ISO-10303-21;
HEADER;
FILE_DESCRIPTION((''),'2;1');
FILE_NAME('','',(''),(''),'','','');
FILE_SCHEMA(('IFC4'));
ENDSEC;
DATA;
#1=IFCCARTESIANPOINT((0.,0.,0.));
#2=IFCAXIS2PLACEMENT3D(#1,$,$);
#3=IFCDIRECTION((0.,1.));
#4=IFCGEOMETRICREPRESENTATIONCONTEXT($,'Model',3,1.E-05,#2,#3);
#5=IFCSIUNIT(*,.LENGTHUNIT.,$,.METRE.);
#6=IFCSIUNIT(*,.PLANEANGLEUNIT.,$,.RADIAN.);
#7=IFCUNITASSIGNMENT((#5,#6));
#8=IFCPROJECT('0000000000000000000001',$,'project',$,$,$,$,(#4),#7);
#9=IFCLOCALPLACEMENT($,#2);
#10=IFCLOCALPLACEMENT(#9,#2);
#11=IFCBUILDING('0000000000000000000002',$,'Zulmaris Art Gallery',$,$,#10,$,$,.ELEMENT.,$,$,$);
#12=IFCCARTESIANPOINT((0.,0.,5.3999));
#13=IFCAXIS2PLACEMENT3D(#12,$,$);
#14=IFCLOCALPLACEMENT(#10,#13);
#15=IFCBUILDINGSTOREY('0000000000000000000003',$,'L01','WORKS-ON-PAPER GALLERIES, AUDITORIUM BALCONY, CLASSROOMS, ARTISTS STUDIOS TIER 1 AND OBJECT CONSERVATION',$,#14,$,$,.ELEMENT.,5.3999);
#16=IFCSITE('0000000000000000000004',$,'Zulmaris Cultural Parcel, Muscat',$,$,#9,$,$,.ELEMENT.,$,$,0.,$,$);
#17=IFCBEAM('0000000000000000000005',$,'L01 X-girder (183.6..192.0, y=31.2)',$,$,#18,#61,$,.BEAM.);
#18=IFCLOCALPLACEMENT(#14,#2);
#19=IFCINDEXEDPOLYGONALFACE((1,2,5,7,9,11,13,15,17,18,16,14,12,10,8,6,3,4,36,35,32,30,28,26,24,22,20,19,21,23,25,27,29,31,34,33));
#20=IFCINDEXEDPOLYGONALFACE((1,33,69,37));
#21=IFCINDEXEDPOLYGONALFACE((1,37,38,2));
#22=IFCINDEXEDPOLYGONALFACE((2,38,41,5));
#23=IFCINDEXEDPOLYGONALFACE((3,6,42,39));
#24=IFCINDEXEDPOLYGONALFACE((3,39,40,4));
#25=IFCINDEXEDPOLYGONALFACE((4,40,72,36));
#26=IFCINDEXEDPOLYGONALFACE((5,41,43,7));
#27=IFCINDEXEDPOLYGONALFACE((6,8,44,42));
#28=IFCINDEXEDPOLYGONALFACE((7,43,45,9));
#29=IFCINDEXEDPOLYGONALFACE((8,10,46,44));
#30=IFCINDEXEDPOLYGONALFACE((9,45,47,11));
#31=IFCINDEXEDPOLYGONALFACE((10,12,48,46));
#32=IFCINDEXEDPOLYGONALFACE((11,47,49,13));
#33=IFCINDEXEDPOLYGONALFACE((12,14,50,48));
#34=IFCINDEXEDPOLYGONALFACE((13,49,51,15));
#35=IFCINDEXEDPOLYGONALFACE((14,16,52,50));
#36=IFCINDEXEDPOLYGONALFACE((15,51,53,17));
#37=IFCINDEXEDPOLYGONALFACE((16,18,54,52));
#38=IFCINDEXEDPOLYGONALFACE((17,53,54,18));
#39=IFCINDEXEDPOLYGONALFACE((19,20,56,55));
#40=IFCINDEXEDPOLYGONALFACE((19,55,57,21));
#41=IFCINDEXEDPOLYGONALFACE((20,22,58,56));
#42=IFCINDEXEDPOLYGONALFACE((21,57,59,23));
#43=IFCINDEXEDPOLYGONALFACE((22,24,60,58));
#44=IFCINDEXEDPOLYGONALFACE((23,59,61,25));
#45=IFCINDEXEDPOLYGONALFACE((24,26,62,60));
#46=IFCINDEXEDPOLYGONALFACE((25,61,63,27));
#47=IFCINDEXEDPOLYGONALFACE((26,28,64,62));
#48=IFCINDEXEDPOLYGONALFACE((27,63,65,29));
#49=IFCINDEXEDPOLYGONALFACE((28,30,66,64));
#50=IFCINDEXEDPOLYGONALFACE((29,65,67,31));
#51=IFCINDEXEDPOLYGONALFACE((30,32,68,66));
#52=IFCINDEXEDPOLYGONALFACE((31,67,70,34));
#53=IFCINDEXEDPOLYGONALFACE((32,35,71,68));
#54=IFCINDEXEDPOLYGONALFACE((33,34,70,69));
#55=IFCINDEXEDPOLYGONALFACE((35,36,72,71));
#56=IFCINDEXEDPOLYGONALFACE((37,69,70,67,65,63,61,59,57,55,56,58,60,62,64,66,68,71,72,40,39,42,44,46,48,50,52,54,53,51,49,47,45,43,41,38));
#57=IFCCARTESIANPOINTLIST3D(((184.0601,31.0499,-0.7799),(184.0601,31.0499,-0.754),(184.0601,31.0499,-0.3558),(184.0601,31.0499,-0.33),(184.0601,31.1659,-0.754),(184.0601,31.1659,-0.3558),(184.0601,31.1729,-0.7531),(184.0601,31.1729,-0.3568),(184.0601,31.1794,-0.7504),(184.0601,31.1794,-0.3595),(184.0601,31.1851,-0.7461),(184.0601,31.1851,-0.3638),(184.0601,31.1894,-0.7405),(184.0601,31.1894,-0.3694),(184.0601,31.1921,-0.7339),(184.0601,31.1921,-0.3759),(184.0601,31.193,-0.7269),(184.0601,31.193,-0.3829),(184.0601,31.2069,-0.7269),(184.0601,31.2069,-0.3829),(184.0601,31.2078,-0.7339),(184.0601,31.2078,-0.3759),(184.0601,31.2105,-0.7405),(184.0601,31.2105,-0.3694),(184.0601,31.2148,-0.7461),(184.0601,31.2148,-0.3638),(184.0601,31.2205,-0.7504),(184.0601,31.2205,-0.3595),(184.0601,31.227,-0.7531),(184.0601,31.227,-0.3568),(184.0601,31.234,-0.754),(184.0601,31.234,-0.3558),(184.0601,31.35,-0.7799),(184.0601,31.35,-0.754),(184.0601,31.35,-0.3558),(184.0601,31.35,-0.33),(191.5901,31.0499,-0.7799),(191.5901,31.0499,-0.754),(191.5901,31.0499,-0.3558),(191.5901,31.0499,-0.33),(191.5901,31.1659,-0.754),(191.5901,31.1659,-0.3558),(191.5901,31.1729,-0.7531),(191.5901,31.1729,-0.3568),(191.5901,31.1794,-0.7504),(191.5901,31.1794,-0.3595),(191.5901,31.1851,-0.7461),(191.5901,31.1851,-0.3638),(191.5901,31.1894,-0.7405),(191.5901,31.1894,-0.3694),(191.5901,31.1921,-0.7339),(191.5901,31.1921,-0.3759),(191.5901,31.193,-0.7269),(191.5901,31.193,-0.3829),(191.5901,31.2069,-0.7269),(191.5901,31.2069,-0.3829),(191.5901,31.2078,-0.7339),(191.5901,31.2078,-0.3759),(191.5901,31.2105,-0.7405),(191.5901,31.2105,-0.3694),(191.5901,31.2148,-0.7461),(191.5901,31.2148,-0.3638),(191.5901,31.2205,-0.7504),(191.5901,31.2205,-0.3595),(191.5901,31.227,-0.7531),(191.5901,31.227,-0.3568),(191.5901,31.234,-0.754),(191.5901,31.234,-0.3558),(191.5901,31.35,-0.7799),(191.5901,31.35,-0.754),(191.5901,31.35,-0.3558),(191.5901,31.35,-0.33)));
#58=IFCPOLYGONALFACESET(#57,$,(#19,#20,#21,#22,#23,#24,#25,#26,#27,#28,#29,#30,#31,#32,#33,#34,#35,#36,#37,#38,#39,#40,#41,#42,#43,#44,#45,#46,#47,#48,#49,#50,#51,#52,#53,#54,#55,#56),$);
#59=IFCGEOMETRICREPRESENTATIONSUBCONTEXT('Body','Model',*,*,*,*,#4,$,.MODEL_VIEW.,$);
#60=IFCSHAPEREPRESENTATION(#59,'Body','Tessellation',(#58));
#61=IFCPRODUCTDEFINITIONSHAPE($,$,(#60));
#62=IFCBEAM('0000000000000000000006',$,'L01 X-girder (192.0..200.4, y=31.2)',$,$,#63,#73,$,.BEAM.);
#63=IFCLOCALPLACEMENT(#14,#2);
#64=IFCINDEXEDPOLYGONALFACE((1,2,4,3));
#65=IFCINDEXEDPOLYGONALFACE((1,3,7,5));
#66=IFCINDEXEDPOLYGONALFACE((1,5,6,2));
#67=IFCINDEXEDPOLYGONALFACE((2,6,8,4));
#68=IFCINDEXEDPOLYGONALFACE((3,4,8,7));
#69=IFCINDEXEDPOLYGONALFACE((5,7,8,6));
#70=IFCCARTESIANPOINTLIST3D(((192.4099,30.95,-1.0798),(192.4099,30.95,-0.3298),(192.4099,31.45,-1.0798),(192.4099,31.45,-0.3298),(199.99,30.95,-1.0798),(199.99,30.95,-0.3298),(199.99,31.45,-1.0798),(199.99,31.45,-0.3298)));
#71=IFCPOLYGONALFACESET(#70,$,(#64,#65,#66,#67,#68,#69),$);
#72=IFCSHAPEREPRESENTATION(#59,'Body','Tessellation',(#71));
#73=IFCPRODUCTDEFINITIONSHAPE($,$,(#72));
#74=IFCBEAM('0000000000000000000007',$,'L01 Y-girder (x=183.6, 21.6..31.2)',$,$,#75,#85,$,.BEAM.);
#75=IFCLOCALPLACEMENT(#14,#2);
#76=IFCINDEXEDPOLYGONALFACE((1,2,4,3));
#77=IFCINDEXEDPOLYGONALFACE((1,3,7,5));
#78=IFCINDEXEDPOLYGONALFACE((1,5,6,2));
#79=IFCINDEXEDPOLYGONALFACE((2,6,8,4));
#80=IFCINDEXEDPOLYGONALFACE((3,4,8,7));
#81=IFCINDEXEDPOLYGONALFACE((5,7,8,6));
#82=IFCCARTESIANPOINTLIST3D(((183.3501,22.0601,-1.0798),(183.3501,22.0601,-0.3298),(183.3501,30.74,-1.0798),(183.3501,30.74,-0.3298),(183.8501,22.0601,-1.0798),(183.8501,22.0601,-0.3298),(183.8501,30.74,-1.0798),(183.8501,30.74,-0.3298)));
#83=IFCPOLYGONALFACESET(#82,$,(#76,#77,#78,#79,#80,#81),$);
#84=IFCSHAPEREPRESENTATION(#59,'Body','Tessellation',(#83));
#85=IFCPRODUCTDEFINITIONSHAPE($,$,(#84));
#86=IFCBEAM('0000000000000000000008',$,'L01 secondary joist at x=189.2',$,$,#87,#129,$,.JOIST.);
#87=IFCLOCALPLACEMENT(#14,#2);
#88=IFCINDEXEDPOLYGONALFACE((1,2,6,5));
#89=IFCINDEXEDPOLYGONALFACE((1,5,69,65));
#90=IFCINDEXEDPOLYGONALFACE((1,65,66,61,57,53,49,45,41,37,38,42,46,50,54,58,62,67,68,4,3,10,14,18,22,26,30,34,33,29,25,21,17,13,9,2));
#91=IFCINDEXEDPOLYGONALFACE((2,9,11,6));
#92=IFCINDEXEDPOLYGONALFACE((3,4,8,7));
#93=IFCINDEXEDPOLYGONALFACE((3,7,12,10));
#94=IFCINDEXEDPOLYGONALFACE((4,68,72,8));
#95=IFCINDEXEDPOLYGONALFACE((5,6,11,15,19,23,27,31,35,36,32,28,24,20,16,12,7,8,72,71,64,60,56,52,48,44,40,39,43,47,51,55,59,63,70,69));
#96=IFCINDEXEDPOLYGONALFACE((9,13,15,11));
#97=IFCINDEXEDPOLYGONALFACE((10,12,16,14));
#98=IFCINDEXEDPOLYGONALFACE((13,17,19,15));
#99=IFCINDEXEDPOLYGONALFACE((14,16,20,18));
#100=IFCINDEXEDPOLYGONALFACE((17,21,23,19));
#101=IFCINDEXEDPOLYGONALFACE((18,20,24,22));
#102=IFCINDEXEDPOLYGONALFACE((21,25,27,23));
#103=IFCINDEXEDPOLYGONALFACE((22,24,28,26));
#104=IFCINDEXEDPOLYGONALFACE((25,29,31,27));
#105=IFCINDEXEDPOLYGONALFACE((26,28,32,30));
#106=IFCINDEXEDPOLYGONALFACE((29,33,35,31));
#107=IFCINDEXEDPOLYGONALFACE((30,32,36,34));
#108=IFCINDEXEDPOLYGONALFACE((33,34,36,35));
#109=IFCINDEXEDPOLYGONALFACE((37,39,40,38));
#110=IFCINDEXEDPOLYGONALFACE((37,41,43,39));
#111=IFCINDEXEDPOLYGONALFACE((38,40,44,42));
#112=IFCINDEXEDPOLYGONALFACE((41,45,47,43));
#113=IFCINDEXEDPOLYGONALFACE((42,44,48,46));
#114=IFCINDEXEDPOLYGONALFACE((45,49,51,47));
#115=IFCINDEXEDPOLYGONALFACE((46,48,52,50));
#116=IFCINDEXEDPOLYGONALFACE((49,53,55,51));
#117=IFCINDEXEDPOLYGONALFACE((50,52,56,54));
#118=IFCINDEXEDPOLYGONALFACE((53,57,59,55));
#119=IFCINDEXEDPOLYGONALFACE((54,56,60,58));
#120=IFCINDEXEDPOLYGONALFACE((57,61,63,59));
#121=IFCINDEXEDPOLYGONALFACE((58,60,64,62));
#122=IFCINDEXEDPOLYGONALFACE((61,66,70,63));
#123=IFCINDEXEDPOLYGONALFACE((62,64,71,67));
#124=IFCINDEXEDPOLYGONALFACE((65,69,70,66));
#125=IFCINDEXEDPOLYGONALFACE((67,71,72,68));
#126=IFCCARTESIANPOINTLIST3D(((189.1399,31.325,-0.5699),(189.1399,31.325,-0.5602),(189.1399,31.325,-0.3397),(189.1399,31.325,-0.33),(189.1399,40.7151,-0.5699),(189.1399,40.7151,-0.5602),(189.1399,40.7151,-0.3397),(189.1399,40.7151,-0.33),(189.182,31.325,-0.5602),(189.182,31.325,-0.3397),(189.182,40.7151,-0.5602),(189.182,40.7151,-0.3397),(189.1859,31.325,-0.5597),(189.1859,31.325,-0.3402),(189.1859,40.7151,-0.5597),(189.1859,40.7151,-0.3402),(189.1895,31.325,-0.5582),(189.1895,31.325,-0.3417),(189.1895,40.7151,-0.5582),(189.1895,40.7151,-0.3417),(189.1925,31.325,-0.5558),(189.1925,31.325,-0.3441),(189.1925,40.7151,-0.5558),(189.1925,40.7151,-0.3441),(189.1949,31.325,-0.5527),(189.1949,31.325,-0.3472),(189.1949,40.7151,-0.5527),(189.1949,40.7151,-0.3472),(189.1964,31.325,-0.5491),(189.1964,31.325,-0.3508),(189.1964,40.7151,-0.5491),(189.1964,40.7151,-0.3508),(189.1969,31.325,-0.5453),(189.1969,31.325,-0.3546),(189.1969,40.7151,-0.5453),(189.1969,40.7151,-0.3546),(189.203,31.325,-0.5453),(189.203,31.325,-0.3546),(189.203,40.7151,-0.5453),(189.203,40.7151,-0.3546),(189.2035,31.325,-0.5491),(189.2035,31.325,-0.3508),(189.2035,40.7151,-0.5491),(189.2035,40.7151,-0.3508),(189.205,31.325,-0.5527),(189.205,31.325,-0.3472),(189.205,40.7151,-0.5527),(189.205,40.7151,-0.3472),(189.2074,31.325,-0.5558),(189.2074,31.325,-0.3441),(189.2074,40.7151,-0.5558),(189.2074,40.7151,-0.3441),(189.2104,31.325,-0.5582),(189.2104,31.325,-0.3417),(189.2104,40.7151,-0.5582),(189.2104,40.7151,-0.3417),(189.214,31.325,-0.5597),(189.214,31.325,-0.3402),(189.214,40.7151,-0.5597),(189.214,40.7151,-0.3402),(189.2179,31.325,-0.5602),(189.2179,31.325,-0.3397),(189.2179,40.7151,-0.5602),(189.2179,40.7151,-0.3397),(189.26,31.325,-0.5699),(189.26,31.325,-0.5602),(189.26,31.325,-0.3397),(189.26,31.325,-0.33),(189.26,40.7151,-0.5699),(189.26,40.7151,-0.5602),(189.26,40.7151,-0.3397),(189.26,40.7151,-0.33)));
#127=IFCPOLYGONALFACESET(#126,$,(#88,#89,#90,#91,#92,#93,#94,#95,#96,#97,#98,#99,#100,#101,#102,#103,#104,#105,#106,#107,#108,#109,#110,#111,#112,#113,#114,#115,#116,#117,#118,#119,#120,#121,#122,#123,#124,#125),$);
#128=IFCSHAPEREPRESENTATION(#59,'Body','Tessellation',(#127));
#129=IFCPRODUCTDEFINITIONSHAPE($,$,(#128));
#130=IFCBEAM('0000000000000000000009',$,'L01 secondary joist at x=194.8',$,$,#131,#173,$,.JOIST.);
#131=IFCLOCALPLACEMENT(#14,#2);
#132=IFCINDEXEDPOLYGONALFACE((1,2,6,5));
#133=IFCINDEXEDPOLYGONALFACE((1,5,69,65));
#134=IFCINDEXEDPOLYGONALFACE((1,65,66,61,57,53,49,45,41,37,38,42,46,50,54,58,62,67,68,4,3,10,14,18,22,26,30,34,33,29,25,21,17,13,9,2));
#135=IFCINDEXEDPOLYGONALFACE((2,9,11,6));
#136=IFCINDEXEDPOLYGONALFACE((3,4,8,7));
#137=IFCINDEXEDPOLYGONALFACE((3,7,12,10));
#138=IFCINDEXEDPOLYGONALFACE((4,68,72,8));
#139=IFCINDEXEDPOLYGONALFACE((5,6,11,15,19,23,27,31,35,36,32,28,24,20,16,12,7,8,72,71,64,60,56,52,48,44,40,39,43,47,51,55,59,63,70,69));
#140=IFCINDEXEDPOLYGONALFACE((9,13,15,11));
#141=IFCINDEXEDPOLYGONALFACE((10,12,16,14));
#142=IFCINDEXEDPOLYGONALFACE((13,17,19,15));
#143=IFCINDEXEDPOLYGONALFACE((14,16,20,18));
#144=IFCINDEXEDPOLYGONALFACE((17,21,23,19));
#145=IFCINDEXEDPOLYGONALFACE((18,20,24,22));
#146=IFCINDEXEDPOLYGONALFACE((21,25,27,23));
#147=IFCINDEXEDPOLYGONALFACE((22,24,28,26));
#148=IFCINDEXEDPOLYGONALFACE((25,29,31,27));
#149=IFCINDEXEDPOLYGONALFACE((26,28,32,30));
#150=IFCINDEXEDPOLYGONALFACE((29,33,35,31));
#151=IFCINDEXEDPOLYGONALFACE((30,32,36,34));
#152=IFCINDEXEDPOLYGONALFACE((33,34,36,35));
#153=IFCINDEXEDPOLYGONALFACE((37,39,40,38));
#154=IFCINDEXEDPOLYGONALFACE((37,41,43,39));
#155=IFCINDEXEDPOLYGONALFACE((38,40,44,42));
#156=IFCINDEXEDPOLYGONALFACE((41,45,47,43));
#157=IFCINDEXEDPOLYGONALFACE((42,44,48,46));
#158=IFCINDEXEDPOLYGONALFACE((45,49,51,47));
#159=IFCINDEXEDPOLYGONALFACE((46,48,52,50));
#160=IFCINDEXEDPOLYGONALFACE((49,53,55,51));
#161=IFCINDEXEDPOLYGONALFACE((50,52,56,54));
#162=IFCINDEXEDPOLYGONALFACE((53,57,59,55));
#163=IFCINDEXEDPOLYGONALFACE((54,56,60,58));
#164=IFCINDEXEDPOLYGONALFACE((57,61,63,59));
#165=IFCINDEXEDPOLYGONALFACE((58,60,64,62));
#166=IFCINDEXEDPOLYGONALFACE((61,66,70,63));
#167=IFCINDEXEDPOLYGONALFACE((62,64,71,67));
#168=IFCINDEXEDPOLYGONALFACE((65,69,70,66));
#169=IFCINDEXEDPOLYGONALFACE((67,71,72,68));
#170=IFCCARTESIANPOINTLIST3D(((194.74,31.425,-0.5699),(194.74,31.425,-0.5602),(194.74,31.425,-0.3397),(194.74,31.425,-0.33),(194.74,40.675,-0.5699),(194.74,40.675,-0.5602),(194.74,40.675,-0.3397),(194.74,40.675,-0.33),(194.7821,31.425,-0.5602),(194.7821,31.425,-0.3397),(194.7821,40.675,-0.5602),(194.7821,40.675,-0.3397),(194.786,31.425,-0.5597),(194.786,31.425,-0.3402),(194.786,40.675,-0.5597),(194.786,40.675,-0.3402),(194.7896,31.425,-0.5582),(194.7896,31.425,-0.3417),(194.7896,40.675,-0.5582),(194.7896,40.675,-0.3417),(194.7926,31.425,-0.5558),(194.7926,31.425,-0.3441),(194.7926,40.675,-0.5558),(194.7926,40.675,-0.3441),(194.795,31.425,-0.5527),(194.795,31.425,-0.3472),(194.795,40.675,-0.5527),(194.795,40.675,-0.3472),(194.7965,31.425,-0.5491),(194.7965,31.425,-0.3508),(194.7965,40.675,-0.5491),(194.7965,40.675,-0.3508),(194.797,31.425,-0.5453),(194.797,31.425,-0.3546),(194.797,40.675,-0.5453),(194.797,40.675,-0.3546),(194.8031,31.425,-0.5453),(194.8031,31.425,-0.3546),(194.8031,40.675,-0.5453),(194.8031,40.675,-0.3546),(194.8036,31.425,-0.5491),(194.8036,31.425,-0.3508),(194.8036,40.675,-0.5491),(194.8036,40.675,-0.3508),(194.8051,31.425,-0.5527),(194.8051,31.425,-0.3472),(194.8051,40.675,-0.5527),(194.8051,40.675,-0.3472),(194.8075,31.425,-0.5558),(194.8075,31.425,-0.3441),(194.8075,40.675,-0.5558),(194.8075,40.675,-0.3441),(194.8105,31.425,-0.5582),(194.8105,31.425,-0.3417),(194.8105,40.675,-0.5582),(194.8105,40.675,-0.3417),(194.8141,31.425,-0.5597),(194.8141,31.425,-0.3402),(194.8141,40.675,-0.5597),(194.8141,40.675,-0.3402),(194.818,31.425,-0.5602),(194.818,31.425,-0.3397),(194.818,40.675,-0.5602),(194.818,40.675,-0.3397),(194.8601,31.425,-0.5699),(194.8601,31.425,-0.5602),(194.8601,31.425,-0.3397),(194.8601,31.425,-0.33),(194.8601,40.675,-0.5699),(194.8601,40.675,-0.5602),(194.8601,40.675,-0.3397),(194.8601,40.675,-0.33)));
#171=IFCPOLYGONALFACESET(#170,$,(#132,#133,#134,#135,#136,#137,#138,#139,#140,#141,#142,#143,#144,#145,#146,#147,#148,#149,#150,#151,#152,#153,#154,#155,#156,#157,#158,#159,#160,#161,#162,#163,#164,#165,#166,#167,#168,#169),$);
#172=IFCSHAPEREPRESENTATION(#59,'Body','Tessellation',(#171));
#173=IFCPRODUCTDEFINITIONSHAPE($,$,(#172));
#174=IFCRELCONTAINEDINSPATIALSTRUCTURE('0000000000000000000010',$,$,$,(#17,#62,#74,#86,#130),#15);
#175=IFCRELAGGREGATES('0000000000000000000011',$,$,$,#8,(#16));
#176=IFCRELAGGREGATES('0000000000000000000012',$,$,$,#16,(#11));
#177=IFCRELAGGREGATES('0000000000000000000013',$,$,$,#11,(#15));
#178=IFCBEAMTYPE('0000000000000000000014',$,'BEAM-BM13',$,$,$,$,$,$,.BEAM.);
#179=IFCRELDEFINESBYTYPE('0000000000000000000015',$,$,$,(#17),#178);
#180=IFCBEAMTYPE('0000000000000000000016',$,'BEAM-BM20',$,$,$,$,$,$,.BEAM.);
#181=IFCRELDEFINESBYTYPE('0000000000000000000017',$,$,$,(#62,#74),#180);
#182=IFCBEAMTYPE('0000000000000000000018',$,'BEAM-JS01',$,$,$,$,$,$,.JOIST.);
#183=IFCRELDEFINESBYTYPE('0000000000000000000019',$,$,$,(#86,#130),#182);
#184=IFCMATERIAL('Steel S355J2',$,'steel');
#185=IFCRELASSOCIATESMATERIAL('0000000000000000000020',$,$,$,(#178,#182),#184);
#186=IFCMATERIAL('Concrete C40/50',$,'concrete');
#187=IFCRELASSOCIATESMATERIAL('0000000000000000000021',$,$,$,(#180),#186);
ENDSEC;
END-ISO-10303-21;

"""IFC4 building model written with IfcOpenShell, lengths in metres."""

from ifc_helpers import new_model, si_unit, direction, frame, origin, origin_2d, place, context, subcontext, project, spatial, rectangle, i_section, extrude, material, material_profile, profile_set, type_object, element, save


model = new_model("IFC4")

# Units and contexts
model_context = context("Model", 3, precision=1e-05, world=origin(), true_north=direction((0.0, 1.0)))
body_context = subcontext(model_context, "Body", "Model", "MODEL_VIEW")
ifc_project = project(units=[si_unit("LENGTHUNIT", "METRE"), si_unit("PLANEANGLEUNIT", "RADIAN")], contexts=[model_context])

# Site, building, storey
site_placement = place(None, origin())
site = spatial("IfcSite", under=ifc_project, at=site_placement, Name="Zulmaris Cultural Parcel, Muscat", CompositionType="ELEMENT", RefElevation=0.0)
building_placement = place(site_placement, origin())
building = spatial("IfcBuilding", under=site, at=building_placement, Name="Zulmaris Art Gallery", CompositionType="ELEMENT")
storey_placement = place(building_placement, frame((0.0, 0.0, 5.3999)))
storey = spatial("IfcBuildingStorey", under=building, at=storey_placement, Name="L01", Description="WORKS-ON-PAPER GALLERIES, AUDITORIUM BALCONY, CLASSROOMS, ARTISTS STUDIOS TIER 1 AND OBJECT CONSERVATION", CompositionType="ELEMENT", Elevation=5.3999)

# Beams
ifc_material_1 = material(Name="Steel S355J2", Category="steel")
ifc_material_profile_1 = material_profile(ifc_material_1, i_section(OverallWidth=0.3, OverallDepth=0.45, WebThickness=0.0139, FlangeThickness=0.0259, FilletRadius=0.0271, at=origin_2d()), Name="HEB 450")
ifc_profile_set_1 = profile_set([ifc_material_profile_1], Name="Steel S355J2")
beam_type_1 = type_object("IfcBeamType", Name="BEAM-BM13", PredefinedType="BEAM", material=ifc_profile_set_1)
beam_1_placement = place(storey_placement, frame((184.0601, 31.2, -0.5549), z_axis=(1.0, 0.0, 0.0), x_axis=(0.0, 1.0, 0.0)))
element("IfcBeam", 1, at=beam_1_placement, inside=storey, type_object=beam_type_1, Name="L01 X-girder (183.6..192.0, y=31.2)", PredefinedType="BEAM", context=body_context, shape_type="SweptSolid", body=[
    extrude(i_section(OverallWidth=0.3, OverallDepth=0.45, WebThickness=0.0139, FlangeThickness=0.0259, FilletRadius=0.0271, at=origin_2d()), origin(), (0.0, 0.0, 1.0), 7.53),
])
ifc_material_2 = material(Name="Concrete C40/50", Category="concrete")
ifc_material_profile_2 = material_profile(ifc_material_2, rectangle(XDim=0.5, YDim=0.75, at=origin_2d()), Name="RC 500x750")
ifc_profile_set_2 = profile_set([ifc_material_profile_2], Name="Concrete C40/50")
beam_type_2 = type_object("IfcBeamType", Name="BEAM-BM20", PredefinedType="BEAM", material=ifc_profile_set_2)
beam_2_placement = place(storey_placement, frame((192.4099, 31.2, -0.7048), z_axis=(1.0, 0.0, 0.0), x_axis=(0.0, 1.0, 0.0)))
element("IfcBeam", 2, at=beam_2_placement, inside=storey, type_object=beam_type_2, Name="L01 X-girder (192.0..200.4, y=31.2)", PredefinedType="BEAM", context=body_context, shape_type="SweptSolid", body=[
    extrude(rectangle(XDim=0.5, YDim=0.75, at=origin_2d()), origin(), (0.0, 0.0, 1.0), 7.5801),
])
beam_3_placement = place(storey_placement, frame((183.6001, 22.0601, -0.7048), z_axis=(0.0, 1.0, 0.0), x_axis=(-1.0, 0.0, 0.0)))
element("IfcBeam", 3, at=beam_3_placement, inside=storey, type_object=beam_type_2, Name="L01 Y-girder (x=183.6, 21.6..31.2)", PredefinedType="BEAM", context=body_context, shape_type="SweptSolid", body=[
    extrude(rectangle(XDim=0.5, YDim=0.75, at=origin_2d()), origin(), (0.0, 0.0, 1.0), 8.6799),
])
ifc_material_profile_3 = material_profile(ifc_material_1, i_section(OverallWidth=0.1201, OverallDepth=0.24, WebThickness=0.0061, FlangeThickness=0.0098, FilletRadius=0.0149, at=origin_2d()), Name="IPE 240")
ifc_profile_set_3 = profile_set([ifc_material_profile_3], Name="Steel S355J2")
beam_type_3 = type_object("IfcBeamType", Name="BEAM-JS01", PredefinedType="JOIST", material=ifc_profile_set_3)
beam_4_placement = place(storey_placement, frame((189.2, 31.325, -0.45), z_axis=(0.0, 1.0, 0.0), x_axis=(-1.0, 0.0, 0.0)))
element("IfcBeam", 4, at=beam_4_placement, inside=storey, type_object=beam_type_3, Name="L01 secondary joist at x=189.2", PredefinedType="JOIST", context=body_context, shape_type="SweptSolid", body=[
    extrude(i_section(OverallWidth=0.1201, OverallDepth=0.24, WebThickness=0.0061, FlangeThickness=0.0098, FilletRadius=0.0149, at=origin_2d()), origin(), (0.0, 0.0, 1.0), 9.3901),
])
beam_5_placement = place(storey_placement, frame((194.8, 31.425, -0.45), z_axis=(0.0, 1.0, 0.0), x_axis=(-1.0, 0.0, 0.0)))
element("IfcBeam", 5, at=beam_5_placement, inside=storey, type_object=beam_type_3, Name="L01 secondary joist at x=194.8", PredefinedType="JOIST", context=body_context, shape_type="SweptSolid", body=[
    extrude(i_section(OverallWidth=0.1201, OverallDepth=0.24, WebThickness=0.0061, FlangeThickness=0.0098, FilletRadius=0.0149, at=origin_2d()), origin(), (0.0, 0.0, 1.0), 9.25),
])

save(model, "model.ifc")
